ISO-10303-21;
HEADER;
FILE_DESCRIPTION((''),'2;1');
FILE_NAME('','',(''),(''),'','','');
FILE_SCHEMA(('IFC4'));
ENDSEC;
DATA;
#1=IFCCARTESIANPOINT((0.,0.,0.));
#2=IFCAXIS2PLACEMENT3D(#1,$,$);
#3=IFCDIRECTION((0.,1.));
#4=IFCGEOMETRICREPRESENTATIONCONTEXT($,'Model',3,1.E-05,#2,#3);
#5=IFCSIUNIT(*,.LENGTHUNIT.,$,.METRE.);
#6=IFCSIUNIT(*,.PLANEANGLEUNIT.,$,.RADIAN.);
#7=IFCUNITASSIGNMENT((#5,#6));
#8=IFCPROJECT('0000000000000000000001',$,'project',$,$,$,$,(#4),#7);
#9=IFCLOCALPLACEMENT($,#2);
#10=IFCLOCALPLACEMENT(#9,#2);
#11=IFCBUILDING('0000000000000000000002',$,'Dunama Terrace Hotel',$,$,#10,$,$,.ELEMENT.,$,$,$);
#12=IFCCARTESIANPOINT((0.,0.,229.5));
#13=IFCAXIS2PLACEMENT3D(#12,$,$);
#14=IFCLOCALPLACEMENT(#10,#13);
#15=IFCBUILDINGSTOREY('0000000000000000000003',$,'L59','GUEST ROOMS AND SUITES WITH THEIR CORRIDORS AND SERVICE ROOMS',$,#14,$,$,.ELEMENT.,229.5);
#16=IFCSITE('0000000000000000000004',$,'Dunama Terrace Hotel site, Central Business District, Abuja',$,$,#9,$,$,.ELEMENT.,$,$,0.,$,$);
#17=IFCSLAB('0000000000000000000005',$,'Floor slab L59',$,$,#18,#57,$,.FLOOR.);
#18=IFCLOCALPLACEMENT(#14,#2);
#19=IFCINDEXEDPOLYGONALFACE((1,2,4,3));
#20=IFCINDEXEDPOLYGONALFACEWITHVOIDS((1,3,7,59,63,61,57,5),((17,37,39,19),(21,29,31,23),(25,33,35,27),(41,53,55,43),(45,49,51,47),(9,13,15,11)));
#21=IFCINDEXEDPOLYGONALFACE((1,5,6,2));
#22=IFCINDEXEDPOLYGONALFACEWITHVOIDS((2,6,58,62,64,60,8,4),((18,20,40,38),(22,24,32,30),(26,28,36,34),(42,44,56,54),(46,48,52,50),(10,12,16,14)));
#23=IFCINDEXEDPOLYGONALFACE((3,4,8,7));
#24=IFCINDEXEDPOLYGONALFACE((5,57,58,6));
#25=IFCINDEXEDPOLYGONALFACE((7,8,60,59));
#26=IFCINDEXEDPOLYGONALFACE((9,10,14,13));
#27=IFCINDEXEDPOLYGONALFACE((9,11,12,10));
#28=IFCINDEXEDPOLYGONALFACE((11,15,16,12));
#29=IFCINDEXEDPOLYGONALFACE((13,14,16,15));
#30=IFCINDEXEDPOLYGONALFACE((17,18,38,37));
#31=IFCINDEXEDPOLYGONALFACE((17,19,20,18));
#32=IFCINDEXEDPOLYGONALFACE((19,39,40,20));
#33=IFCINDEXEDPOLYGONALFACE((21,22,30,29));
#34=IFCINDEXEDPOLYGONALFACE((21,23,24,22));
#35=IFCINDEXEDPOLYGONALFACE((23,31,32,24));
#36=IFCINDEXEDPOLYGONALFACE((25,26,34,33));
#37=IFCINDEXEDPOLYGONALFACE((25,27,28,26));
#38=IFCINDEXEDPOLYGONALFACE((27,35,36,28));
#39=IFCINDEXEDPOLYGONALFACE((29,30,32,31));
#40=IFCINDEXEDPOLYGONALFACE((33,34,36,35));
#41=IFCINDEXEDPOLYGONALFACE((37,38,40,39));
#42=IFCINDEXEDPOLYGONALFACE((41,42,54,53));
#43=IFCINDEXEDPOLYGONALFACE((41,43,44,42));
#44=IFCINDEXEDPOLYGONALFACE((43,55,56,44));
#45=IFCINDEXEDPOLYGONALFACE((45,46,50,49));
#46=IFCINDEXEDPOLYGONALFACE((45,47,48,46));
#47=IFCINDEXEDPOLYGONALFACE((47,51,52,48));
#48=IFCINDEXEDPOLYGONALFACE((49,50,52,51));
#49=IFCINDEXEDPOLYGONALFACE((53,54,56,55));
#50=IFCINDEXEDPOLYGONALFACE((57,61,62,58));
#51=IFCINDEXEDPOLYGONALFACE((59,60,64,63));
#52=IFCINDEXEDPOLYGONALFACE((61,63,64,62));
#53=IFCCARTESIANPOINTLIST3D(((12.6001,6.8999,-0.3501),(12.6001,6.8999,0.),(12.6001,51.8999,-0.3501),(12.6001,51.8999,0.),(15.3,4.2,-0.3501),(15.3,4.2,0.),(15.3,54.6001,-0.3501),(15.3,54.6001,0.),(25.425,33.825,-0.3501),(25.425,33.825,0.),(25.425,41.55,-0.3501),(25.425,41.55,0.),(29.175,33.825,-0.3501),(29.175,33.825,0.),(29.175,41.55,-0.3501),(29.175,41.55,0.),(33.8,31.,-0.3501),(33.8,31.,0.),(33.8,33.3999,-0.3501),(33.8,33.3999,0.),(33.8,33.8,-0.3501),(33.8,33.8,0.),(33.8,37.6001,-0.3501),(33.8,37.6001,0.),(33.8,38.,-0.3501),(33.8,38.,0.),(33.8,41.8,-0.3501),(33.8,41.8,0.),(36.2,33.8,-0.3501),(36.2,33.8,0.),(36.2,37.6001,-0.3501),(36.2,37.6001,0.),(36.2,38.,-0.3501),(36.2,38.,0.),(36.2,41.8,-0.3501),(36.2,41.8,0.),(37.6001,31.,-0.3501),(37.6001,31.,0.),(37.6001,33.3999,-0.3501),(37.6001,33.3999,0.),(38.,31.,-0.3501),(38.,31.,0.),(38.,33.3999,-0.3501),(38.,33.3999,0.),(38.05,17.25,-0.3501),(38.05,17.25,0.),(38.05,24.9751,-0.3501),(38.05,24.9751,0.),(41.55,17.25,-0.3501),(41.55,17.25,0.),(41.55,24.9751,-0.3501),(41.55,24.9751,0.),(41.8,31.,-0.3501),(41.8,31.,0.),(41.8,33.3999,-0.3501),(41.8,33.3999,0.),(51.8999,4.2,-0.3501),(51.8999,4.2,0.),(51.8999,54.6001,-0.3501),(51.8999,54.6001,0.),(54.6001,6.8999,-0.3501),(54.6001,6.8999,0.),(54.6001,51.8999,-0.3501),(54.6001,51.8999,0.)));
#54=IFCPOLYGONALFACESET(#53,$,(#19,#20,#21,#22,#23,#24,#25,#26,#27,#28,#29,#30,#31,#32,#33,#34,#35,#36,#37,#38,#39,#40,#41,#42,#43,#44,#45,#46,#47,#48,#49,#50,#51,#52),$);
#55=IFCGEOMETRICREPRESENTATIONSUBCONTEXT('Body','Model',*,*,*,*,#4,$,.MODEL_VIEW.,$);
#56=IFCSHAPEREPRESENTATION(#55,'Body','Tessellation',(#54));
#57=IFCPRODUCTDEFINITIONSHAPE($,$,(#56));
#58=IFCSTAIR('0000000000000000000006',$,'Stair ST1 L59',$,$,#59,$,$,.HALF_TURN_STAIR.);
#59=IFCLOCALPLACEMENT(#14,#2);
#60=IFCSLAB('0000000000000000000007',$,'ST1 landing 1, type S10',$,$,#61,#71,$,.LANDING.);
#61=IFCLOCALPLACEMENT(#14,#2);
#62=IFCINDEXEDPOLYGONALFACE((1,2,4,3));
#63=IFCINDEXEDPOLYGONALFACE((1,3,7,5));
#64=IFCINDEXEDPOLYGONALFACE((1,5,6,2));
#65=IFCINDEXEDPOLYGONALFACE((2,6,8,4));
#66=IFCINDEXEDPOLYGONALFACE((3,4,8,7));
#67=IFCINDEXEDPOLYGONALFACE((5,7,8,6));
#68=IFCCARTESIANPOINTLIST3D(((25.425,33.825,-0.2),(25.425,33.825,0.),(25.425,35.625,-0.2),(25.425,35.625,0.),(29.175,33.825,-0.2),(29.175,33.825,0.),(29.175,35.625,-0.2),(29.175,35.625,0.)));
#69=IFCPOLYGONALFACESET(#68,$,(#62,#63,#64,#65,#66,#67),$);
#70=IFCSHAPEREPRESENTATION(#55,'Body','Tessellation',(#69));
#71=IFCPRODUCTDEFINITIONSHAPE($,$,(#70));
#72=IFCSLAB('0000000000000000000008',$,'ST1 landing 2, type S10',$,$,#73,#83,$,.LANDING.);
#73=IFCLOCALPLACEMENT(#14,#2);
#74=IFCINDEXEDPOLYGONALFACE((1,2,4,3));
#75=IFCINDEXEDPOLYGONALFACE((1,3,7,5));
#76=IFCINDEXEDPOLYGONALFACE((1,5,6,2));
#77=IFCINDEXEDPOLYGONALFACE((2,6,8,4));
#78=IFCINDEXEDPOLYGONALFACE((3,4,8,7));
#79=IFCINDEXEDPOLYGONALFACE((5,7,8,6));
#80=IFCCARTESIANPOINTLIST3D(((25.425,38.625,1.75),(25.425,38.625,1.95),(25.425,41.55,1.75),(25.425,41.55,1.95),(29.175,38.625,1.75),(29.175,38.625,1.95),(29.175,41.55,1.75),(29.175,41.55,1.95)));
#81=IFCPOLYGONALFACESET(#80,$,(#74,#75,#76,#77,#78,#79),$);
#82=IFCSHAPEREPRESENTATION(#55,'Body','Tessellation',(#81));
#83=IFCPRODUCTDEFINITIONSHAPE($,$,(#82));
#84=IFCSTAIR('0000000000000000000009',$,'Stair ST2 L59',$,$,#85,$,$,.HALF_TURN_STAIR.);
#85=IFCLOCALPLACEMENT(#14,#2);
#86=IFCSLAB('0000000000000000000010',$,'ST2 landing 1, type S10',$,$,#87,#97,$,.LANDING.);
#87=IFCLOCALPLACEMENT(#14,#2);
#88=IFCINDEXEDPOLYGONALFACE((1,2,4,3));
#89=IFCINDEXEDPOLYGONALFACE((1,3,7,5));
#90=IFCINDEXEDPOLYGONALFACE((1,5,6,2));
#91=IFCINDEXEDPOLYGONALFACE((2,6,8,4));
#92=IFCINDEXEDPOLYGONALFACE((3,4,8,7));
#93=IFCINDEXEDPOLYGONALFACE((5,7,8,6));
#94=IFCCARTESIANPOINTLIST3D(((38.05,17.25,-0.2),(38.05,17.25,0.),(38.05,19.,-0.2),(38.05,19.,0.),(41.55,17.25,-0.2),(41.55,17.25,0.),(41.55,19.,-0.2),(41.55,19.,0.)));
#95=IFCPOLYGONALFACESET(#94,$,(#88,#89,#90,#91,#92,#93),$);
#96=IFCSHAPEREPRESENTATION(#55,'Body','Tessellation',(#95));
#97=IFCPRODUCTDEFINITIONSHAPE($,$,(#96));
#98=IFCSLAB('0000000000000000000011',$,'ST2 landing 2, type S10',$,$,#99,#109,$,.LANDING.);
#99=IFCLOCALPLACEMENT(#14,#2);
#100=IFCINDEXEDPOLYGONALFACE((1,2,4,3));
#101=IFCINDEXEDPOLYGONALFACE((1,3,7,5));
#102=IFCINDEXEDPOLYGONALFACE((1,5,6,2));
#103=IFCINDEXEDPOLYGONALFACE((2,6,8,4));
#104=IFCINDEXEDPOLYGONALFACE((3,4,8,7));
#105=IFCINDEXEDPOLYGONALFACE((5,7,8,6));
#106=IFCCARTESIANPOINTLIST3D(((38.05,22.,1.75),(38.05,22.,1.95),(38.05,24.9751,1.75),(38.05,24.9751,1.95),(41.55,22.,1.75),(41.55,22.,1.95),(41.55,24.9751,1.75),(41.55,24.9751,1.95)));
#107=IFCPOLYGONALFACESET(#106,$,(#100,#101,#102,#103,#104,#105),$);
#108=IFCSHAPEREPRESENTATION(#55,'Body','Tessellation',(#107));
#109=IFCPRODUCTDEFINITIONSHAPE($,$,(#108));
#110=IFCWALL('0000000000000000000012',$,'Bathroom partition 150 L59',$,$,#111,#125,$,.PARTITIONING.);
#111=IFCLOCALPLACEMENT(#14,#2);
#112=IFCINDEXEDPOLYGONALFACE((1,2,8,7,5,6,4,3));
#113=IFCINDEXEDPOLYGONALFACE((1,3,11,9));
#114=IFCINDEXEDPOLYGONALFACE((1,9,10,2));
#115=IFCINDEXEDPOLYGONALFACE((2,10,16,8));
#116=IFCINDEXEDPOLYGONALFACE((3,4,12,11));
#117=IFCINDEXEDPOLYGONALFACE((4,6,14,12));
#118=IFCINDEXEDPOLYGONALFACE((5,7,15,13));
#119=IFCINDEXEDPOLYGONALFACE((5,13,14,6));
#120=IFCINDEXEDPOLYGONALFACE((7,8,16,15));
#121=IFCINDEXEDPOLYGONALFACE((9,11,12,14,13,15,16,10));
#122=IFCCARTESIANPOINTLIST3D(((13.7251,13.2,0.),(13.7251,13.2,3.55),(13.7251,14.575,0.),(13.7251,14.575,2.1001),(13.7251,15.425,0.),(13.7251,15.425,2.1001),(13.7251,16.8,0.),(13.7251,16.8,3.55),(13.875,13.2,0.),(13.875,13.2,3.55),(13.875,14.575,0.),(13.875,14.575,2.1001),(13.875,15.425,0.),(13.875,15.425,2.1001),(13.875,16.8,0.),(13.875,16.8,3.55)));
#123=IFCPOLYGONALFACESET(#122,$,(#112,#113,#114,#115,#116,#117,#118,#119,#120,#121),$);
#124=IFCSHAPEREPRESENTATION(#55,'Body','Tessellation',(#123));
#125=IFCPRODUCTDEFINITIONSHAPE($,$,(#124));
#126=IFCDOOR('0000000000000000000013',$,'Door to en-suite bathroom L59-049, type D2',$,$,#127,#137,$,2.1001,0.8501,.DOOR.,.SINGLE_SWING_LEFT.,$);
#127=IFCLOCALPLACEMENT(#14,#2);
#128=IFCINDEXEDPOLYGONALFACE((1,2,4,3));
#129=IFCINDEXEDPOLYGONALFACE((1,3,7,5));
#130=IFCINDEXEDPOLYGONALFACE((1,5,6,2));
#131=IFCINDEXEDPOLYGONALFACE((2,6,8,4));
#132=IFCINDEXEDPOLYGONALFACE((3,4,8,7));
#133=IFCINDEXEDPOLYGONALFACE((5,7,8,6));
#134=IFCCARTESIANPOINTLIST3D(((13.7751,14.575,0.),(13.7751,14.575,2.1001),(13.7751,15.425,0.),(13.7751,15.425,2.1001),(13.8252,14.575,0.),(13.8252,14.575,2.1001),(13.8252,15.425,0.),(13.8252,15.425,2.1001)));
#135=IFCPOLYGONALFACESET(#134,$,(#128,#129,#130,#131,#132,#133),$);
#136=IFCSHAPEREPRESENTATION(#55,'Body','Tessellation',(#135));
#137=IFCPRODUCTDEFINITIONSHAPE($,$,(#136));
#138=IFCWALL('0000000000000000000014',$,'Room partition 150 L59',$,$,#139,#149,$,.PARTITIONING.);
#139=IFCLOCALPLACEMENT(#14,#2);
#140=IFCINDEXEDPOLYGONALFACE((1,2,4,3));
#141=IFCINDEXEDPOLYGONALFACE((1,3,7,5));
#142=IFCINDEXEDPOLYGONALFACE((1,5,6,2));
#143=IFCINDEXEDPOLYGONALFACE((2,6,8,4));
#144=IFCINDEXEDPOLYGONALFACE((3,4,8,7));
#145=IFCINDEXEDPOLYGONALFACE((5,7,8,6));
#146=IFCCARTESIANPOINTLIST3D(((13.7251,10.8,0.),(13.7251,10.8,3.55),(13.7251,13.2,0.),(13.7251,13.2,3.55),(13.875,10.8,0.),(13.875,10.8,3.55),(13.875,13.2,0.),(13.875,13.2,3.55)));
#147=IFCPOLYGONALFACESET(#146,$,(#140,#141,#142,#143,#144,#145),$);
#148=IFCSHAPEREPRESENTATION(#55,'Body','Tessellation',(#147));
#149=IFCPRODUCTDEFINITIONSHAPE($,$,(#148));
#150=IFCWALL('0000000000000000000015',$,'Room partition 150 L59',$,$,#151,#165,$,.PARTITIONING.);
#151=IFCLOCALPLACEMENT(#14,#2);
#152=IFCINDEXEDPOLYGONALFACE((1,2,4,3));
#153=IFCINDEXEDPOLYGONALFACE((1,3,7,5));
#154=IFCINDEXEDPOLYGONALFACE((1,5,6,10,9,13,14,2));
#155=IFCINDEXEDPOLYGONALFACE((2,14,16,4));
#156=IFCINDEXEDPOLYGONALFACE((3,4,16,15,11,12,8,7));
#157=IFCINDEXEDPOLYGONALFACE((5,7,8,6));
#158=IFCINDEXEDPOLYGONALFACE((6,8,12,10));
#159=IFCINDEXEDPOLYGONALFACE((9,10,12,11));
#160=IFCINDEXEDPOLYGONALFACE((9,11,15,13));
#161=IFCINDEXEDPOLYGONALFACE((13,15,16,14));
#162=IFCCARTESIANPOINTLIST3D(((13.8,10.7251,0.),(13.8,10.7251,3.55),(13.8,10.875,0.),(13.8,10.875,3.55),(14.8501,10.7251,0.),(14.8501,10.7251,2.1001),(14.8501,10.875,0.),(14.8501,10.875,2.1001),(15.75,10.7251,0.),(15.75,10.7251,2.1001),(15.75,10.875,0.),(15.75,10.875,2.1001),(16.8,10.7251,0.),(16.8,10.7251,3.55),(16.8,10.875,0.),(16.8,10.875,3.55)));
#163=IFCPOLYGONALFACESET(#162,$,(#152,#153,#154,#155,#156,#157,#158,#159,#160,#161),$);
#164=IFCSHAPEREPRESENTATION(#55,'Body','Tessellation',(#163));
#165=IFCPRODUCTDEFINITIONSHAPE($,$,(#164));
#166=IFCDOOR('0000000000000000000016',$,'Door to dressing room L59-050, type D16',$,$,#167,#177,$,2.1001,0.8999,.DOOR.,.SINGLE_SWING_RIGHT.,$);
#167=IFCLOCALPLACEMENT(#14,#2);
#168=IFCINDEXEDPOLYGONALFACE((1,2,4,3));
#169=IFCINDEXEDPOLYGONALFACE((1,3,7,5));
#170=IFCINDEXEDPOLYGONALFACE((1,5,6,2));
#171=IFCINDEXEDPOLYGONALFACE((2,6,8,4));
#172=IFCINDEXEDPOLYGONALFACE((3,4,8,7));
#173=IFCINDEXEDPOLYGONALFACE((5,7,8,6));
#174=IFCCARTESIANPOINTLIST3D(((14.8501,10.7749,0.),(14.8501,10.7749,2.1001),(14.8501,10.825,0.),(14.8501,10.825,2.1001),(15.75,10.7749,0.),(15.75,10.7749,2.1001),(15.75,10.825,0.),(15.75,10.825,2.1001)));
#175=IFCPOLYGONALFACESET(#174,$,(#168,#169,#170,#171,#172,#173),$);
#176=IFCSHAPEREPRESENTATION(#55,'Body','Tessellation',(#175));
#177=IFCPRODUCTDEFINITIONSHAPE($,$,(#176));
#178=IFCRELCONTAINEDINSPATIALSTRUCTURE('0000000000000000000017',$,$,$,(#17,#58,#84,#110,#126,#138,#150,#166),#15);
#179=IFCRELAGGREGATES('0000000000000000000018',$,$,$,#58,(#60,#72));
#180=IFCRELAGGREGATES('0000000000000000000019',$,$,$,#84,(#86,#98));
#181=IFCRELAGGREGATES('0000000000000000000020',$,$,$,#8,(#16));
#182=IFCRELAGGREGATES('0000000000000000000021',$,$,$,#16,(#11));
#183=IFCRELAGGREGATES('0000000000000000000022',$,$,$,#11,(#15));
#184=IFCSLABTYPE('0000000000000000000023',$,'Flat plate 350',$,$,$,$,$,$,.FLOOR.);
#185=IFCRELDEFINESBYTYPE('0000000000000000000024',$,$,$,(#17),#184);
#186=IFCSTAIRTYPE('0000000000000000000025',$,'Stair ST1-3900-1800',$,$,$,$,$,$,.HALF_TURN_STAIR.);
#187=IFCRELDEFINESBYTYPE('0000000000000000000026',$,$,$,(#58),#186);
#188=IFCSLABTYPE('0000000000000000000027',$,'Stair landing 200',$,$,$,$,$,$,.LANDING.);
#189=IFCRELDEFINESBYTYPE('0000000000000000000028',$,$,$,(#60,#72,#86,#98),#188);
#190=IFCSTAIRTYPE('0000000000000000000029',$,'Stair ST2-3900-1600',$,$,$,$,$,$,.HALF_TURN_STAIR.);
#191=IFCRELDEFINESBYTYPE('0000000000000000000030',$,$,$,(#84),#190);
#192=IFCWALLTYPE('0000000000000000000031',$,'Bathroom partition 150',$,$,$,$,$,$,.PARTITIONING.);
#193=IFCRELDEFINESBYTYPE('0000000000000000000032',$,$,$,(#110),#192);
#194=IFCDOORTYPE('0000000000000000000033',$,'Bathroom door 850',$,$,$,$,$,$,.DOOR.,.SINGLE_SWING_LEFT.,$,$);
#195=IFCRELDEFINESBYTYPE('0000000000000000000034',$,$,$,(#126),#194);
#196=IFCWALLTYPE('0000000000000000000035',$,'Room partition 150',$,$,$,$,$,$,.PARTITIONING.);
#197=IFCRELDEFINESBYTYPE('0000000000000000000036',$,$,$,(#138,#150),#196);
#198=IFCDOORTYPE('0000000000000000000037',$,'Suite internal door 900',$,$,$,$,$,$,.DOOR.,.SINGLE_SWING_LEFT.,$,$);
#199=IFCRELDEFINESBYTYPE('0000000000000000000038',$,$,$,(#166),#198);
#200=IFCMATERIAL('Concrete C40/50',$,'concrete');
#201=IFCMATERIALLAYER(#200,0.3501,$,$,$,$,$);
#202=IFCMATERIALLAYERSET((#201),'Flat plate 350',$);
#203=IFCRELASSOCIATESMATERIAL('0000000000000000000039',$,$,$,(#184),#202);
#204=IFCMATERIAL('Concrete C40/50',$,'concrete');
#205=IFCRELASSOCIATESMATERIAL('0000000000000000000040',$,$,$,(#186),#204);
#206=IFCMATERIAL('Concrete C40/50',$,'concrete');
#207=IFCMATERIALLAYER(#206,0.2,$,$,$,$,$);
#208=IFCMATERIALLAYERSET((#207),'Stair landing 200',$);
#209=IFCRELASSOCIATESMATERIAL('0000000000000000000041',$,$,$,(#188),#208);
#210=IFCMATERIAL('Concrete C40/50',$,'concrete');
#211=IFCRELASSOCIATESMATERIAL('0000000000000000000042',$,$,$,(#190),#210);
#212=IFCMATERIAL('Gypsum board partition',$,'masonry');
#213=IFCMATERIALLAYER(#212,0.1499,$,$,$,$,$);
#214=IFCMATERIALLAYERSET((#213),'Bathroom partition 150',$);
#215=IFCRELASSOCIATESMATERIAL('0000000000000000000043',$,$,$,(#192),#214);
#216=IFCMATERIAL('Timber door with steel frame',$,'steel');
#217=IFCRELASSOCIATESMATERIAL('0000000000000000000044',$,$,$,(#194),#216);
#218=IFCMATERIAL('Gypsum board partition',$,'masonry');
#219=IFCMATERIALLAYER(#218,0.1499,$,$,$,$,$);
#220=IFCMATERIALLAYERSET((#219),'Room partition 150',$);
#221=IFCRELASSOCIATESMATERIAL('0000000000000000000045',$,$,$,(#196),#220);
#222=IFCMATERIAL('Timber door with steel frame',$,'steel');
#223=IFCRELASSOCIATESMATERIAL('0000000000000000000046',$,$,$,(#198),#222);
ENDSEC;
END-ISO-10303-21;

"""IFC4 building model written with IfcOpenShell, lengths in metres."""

from ifc_helpers import new_model, si_unit, direction, frame, frame_2d, origin, place, context, subcontext, project, spatial, polyline, rectangle, outline, extrude, material, layer, layer_set, type_object, element, fill, aggregate, save


model = new_model("IFC4")

# Units and contexts
model_context = context("Model", 3, precision=1e-05, world=origin(), true_north=direction((0.0, 1.0)))
body_context = subcontext(model_context, "Body", "Model", "MODEL_VIEW")
ifc_project = project(units=[si_unit("LENGTHUNIT", "METRE"), si_unit("PLANEANGLEUNIT", "RADIAN")], contexts=[model_context])

# Site, building, storey
site_placement = place(None, origin())
site = spatial("IfcSite", under=ifc_project, at=site_placement, Name="Dunama Terrace Hotel site, Central Business District, Abuja", CompositionType="ELEMENT", RefElevation=0.0)
building_placement = place(site_placement, origin())
building = spatial("IfcBuilding", under=site, at=building_placement, Name="Dunama Terrace Hotel", CompositionType="ELEMENT")
storey_placement = place(building_placement, frame((0.0, 0.0, 229.5)))
storey = spatial("IfcBuildingStorey", under=building, at=storey_placement, Name="L59", Description="GUEST ROOMS AND SUITES WITH THEIR CORRIDORS AND SERVICE ROOMS", CompositionType="ELEMENT", Elevation=229.5)

# Slab
ifc_material_1 = material(Name="Concrete C40/50", Category="concrete")
ifc_layer_1 = layer(ifc_material_1, 0.3501)
ifc_layer_set_1 = layer_set([ifc_layer_1], Name="Flat plate 350")
slab_type_1 = type_object("IfcSlabType", Name="Flat plate 350", PredefinedType="FLOOR", material=ifc_layer_set_1)
slab_1_placement = place(storey_placement, frame((0.0, 0.0, -0.3501)))
element("IfcSlab", 1, at=slab_1_placement, inside=storey, type_object=slab_type_1, Name="Floor slab L59", PredefinedType="FLOOR", context=body_context, shape_type="SweptSolid", body=[
    extrude(outline(polyline([(15.3, 4.2), (51.8999, 4.2), (54.6001, 6.8999), (54.6001, 51.8999), (51.8999, 54.6001), (15.3, 54.6001), (12.6001, 51.8999), (12.6001, 6.8999), (15.3, 4.2)]), holes=[polyline([(37.6001, 31.0), (37.6001, 33.3999), (33.8, 33.3999), (33.8, 31.0), (37.6001, 31.0)]), polyline([(41.8, 31.0), (41.8, 33.3999), (38.0, 33.3999), (38.0, 31.0), (41.8, 31.0)]), polyline([(36.2, 38.0), (36.2, 41.8), (33.8, 41.8), (33.8, 38.0), (36.2, 38.0)]), polyline([(36.2, 33.8), (36.2, 37.6001), (33.8, 37.6001), (33.8, 33.8), (36.2, 33.8)]), polyline([(29.175, 33.825), (29.175, 41.55), (25.425, 41.55), (25.425, 33.825), (29.175, 33.825)]), polyline([(41.55, 17.25), (41.55, 24.9751), (38.05, 24.9751), (38.05, 17.25), (41.55, 17.25)])]), origin(), (0.0, 0.0, 1.0), 0.3501),
])

# Stairs, slabs
ifc_material_2 = material(Name="Concrete C40/50", Category="concrete")
stair_type_1 = type_object("IfcStairType", Name="Stair ST1-3900-1800", PredefinedType="HALF_TURN_STAIR", material=ifc_material_2)
stair_1_placement = place(storey_placement, origin())
stair_1 = element("IfcStair", 2, at=stair_1_placement, inside=storey, type_object=stair_type_1, Name="Stair ST1 L59", PredefinedType="HALF_TURN_STAIR")
ifc_material_3 = material(Name="Concrete C40/50", Category="concrete")
ifc_layer_2 = layer(ifc_material_3, 0.2)
ifc_layer_set_2 = layer_set([ifc_layer_2], Name="Stair landing 200")
slab_type_2 = type_object("IfcSlabType", Name="Stair landing 200", PredefinedType="LANDING", material=ifc_layer_set_2)
slab_2_placement = place(storey_placement, frame((0.0, 0.0, -0.2)))
slab_2 = element("IfcSlab", 3, at=slab_2_placement, type_object=slab_type_2, Name="ST1 landing 1, type S10", PredefinedType="LANDING", context=body_context, shape_type="SweptSolid", body=[
    extrude(outline(polyline([(25.425, 33.825), (29.175, 33.825), (29.175, 35.625), (25.425, 35.625), (25.425, 33.825)])), origin(), (0.0, 0.0, 1.0), 0.2),
])
slab_3_placement = place(storey_placement, frame((0.0, 0.0, 1.75)))
slab_3 = element("IfcSlab", 4, at=slab_3_placement, type_object=slab_type_2, Name="ST1 landing 2, type S10", PredefinedType="LANDING", context=body_context, shape_type="SweptSolid", body=[
    extrude(outline(polyline([(25.425, 38.625), (29.175, 38.625), (29.175, 41.55), (25.425, 41.55), (25.425, 38.625)])), origin(), (0.0, 0.0, 1.0), 0.2),
])
aggregate(stair_1, [slab_2, slab_3])
ifc_material_4 = material(Name="Concrete C40/50", Category="concrete")
stair_type_2 = type_object("IfcStairType", Name="Stair ST2-3900-1600", PredefinedType="HALF_TURN_STAIR", material=ifc_material_4)
stair_2_placement = place(storey_placement, origin())
stair_2 = element("IfcStair", 5, at=stair_2_placement, inside=storey, type_object=stair_type_2, Name="Stair ST2 L59", PredefinedType="HALF_TURN_STAIR")
slab_4_placement = place(storey_placement, frame((0.0, 0.0, -0.2)))
slab_4 = element("IfcSlab", 6, at=slab_4_placement, type_object=slab_type_2, Name="ST2 landing 1, type S10", PredefinedType="LANDING", context=body_context, shape_type="SweptSolid", body=[
    extrude(outline(polyline([(38.05, 17.25), (41.55, 17.25), (41.55, 19.0), (38.05, 19.0), (38.05, 17.25)])), origin(), (0.0, 0.0, 1.0), 0.2),
])
slab_5_placement = place(storey_placement, frame((0.0, 0.0, 1.75)))
slab_5 = element("IfcSlab", 7, at=slab_5_placement, type_object=slab_type_2, Name="ST2 landing 2, type S10", PredefinedType="LANDING", context=body_context, shape_type="SweptSolid", body=[
    extrude(outline(polyline([(38.05, 22.0), (41.55, 22.0), (41.55, 24.9751), (38.05, 24.9751), (38.05, 22.0)])), origin(), (0.0, 0.0, 1.0), 0.2),
])
aggregate(stair_2, [slab_4, slab_5])

# Wall, opening, door
ifc_material_5 = material(Name="Gypsum board partition", Category="masonry")
ifc_layer_3 = layer(ifc_material_5, 0.1499)
ifc_layer_set_3 = layer_set([ifc_layer_3], Name="Bathroom partition 150")
wall_type_1 = type_object("IfcWallType", Name="Bathroom partition 150", PredefinedType="PARTITIONING", material=ifc_layer_set_3)
wall_1_placement = place(storey_placement, frame((13.8, 13.2, 0.0), z_axis=(0.0, 0.0, 1.0), x_axis=(0.0, 1.0, 0.0)))
wall_1 = element("IfcWall", 8, at=wall_1_placement, inside=storey, type_object=wall_type_1, Name="Bathroom partition 150 L59", PredefinedType="PARTITIONING", context=body_context, shape_type="SweptSolid", body=[
    extrude(rectangle(XDim=3.6001, YDim=0.1499, at=frame_2d((1.8, 0.0))), origin(), (0.0, 0.0, 1.0), 3.55),
])
opening_1_placement = place(wall_1_placement, frame((1.375, 0.0, 0.0)))
opening_1 = element("IfcOpeningElement", 9, at=opening_1_placement, cuts=wall_1, PredefinedType="OPENING", context=body_context, shape_type="SweptSolid", body=[
    extrude(rectangle(XDim=0.8501, YDim=2.1001, at=frame_2d((0.425, 1.05))), frame((0.0, 0.085, 0.0), z_axis=(0.0, -1.0, 0.0), x_axis=(1.0, 0.0, 0.0)), (0.0, 0.0, 1.0), 0.1699),
])
ifc_material_6 = material(Name="Timber door with steel frame", Category="steel")
door_type_1 = type_object("IfcDoorType", Name="Bathroom door 850", OperationType="SINGLE_SWING_LEFT", PredefinedType="DOOR", material=ifc_material_6)
door_1_placement = place(opening_1_placement, frame((0.8501, 0.0, 0.0), z_axis=(0.0, 0.0, 1.0), x_axis=(-1.0, 0.0, 0.0)))
door_1 = element("IfcDoor", 10, at=door_1_placement, inside=storey, type_object=door_type_1, Name="Door to en-suite bathroom L59-049, type D2", OperationType="SINGLE_SWING_LEFT", OverallHeight=2.1001, OverallWidth=0.8501, PredefinedType="DOOR", context=body_context, shape_type="SweptSolid", body=[
    extrude(rectangle(XDim=0.8501, YDim=2.1001, at=frame_2d((0.425, 1.05))), frame((0.0, 0.0251, 0.0), z_axis=(0.0, -1.0, 0.0), x_axis=(1.0, 0.0, 0.0)), (0.0, 0.0, 1.0), 0.05),
])
fill(opening_1, door_1)

# Wall
ifc_material_7 = material(Name="Gypsum board partition", Category="masonry")
ifc_layer_4 = layer(ifc_material_7, 0.1499)
ifc_layer_set_4 = layer_set([ifc_layer_4], Name="Room partition 150")
wall_type_2 = type_object("IfcWallType", Name="Room partition 150", PredefinedType="PARTITIONING", material=ifc_layer_set_4)
wall_2_placement = place(storey_placement, frame((13.8, 10.8, 0.0), z_axis=(0.0, 0.0, 1.0), x_axis=(0.0, 1.0, 0.0)))
element("IfcWall", 11, at=wall_2_placement, inside=storey, type_object=wall_type_2, Name="Room partition 150 L59", PredefinedType="PARTITIONING", context=body_context, shape_type="SweptSolid", body=[
    extrude(rectangle(XDim=2.3999, YDim=0.1499, at=frame_2d((1.2, 0.0))), origin(), (0.0, 0.0, 1.0), 3.55),
])

# Wall, opening, door
wall_3_placement = place(storey_placement, frame((13.8, 10.8, 0.0), z_axis=(0.0, 0.0, 1.0), x_axis=(1.0, 0.0, 0.0)))
wall_3 = element("IfcWall", 12, at=wall_3_placement, inside=storey, type_object=wall_type_2, Name="Room partition 150 L59", PredefinedType="PARTITIONING", context=body_context, shape_type="SweptSolid", body=[
    extrude(rectangle(XDim=3.0, YDim=0.1499, at=frame_2d((1.5, 0.0))), origin(), (0.0, 0.0, 1.0), 3.55),
])
opening_2_placement = place(wall_3_placement, frame((1.05, 0.0, 0.0)))
opening_2 = element("IfcOpeningElement", 13, at=opening_2_placement, cuts=wall_3, PredefinedType="OPENING", context=body_context, shape_type="SweptSolid", body=[
    extrude(rectangle(XDim=0.8999, YDim=2.1001, at=frame_2d((0.45, 1.05))), frame((0.0, 0.085, 0.0), z_axis=(0.0, -1.0, 0.0), x_axis=(1.0, 0.0, 0.0)), (0.0, 0.0, 1.0), 0.1699),
])
ifc_material_8 = material(Name="Timber door with steel frame", Category="steel")
door_type_2 = type_object("IfcDoorType", Name="Suite internal door 900", OperationType="SINGLE_SWING_LEFT", PredefinedType="DOOR", material=ifc_material_8)
door_2_placement = place(opening_2_placement, origin())
door_2 = element("IfcDoor", 14, at=door_2_placement, inside=storey, type_object=door_type_2, Name="Door to dressing room L59-050, type D16", OperationType="SINGLE_SWING_RIGHT", OverallHeight=2.1001, OverallWidth=0.8999, PredefinedType="DOOR", context=body_context, shape_type="SweptSolid", body=[
    extrude(rectangle(XDim=0.8999, YDim=2.1001, at=frame_2d((0.45, 1.05))), frame((0.0, 0.0249, 0.0), z_axis=(0.0, -1.0, 0.0), x_axis=(1.0, 0.0, 0.0)), (0.0, 0.0, 1.0), 0.05),
])
fill(opening_2, door_2)

save(model, "model.ifc")
